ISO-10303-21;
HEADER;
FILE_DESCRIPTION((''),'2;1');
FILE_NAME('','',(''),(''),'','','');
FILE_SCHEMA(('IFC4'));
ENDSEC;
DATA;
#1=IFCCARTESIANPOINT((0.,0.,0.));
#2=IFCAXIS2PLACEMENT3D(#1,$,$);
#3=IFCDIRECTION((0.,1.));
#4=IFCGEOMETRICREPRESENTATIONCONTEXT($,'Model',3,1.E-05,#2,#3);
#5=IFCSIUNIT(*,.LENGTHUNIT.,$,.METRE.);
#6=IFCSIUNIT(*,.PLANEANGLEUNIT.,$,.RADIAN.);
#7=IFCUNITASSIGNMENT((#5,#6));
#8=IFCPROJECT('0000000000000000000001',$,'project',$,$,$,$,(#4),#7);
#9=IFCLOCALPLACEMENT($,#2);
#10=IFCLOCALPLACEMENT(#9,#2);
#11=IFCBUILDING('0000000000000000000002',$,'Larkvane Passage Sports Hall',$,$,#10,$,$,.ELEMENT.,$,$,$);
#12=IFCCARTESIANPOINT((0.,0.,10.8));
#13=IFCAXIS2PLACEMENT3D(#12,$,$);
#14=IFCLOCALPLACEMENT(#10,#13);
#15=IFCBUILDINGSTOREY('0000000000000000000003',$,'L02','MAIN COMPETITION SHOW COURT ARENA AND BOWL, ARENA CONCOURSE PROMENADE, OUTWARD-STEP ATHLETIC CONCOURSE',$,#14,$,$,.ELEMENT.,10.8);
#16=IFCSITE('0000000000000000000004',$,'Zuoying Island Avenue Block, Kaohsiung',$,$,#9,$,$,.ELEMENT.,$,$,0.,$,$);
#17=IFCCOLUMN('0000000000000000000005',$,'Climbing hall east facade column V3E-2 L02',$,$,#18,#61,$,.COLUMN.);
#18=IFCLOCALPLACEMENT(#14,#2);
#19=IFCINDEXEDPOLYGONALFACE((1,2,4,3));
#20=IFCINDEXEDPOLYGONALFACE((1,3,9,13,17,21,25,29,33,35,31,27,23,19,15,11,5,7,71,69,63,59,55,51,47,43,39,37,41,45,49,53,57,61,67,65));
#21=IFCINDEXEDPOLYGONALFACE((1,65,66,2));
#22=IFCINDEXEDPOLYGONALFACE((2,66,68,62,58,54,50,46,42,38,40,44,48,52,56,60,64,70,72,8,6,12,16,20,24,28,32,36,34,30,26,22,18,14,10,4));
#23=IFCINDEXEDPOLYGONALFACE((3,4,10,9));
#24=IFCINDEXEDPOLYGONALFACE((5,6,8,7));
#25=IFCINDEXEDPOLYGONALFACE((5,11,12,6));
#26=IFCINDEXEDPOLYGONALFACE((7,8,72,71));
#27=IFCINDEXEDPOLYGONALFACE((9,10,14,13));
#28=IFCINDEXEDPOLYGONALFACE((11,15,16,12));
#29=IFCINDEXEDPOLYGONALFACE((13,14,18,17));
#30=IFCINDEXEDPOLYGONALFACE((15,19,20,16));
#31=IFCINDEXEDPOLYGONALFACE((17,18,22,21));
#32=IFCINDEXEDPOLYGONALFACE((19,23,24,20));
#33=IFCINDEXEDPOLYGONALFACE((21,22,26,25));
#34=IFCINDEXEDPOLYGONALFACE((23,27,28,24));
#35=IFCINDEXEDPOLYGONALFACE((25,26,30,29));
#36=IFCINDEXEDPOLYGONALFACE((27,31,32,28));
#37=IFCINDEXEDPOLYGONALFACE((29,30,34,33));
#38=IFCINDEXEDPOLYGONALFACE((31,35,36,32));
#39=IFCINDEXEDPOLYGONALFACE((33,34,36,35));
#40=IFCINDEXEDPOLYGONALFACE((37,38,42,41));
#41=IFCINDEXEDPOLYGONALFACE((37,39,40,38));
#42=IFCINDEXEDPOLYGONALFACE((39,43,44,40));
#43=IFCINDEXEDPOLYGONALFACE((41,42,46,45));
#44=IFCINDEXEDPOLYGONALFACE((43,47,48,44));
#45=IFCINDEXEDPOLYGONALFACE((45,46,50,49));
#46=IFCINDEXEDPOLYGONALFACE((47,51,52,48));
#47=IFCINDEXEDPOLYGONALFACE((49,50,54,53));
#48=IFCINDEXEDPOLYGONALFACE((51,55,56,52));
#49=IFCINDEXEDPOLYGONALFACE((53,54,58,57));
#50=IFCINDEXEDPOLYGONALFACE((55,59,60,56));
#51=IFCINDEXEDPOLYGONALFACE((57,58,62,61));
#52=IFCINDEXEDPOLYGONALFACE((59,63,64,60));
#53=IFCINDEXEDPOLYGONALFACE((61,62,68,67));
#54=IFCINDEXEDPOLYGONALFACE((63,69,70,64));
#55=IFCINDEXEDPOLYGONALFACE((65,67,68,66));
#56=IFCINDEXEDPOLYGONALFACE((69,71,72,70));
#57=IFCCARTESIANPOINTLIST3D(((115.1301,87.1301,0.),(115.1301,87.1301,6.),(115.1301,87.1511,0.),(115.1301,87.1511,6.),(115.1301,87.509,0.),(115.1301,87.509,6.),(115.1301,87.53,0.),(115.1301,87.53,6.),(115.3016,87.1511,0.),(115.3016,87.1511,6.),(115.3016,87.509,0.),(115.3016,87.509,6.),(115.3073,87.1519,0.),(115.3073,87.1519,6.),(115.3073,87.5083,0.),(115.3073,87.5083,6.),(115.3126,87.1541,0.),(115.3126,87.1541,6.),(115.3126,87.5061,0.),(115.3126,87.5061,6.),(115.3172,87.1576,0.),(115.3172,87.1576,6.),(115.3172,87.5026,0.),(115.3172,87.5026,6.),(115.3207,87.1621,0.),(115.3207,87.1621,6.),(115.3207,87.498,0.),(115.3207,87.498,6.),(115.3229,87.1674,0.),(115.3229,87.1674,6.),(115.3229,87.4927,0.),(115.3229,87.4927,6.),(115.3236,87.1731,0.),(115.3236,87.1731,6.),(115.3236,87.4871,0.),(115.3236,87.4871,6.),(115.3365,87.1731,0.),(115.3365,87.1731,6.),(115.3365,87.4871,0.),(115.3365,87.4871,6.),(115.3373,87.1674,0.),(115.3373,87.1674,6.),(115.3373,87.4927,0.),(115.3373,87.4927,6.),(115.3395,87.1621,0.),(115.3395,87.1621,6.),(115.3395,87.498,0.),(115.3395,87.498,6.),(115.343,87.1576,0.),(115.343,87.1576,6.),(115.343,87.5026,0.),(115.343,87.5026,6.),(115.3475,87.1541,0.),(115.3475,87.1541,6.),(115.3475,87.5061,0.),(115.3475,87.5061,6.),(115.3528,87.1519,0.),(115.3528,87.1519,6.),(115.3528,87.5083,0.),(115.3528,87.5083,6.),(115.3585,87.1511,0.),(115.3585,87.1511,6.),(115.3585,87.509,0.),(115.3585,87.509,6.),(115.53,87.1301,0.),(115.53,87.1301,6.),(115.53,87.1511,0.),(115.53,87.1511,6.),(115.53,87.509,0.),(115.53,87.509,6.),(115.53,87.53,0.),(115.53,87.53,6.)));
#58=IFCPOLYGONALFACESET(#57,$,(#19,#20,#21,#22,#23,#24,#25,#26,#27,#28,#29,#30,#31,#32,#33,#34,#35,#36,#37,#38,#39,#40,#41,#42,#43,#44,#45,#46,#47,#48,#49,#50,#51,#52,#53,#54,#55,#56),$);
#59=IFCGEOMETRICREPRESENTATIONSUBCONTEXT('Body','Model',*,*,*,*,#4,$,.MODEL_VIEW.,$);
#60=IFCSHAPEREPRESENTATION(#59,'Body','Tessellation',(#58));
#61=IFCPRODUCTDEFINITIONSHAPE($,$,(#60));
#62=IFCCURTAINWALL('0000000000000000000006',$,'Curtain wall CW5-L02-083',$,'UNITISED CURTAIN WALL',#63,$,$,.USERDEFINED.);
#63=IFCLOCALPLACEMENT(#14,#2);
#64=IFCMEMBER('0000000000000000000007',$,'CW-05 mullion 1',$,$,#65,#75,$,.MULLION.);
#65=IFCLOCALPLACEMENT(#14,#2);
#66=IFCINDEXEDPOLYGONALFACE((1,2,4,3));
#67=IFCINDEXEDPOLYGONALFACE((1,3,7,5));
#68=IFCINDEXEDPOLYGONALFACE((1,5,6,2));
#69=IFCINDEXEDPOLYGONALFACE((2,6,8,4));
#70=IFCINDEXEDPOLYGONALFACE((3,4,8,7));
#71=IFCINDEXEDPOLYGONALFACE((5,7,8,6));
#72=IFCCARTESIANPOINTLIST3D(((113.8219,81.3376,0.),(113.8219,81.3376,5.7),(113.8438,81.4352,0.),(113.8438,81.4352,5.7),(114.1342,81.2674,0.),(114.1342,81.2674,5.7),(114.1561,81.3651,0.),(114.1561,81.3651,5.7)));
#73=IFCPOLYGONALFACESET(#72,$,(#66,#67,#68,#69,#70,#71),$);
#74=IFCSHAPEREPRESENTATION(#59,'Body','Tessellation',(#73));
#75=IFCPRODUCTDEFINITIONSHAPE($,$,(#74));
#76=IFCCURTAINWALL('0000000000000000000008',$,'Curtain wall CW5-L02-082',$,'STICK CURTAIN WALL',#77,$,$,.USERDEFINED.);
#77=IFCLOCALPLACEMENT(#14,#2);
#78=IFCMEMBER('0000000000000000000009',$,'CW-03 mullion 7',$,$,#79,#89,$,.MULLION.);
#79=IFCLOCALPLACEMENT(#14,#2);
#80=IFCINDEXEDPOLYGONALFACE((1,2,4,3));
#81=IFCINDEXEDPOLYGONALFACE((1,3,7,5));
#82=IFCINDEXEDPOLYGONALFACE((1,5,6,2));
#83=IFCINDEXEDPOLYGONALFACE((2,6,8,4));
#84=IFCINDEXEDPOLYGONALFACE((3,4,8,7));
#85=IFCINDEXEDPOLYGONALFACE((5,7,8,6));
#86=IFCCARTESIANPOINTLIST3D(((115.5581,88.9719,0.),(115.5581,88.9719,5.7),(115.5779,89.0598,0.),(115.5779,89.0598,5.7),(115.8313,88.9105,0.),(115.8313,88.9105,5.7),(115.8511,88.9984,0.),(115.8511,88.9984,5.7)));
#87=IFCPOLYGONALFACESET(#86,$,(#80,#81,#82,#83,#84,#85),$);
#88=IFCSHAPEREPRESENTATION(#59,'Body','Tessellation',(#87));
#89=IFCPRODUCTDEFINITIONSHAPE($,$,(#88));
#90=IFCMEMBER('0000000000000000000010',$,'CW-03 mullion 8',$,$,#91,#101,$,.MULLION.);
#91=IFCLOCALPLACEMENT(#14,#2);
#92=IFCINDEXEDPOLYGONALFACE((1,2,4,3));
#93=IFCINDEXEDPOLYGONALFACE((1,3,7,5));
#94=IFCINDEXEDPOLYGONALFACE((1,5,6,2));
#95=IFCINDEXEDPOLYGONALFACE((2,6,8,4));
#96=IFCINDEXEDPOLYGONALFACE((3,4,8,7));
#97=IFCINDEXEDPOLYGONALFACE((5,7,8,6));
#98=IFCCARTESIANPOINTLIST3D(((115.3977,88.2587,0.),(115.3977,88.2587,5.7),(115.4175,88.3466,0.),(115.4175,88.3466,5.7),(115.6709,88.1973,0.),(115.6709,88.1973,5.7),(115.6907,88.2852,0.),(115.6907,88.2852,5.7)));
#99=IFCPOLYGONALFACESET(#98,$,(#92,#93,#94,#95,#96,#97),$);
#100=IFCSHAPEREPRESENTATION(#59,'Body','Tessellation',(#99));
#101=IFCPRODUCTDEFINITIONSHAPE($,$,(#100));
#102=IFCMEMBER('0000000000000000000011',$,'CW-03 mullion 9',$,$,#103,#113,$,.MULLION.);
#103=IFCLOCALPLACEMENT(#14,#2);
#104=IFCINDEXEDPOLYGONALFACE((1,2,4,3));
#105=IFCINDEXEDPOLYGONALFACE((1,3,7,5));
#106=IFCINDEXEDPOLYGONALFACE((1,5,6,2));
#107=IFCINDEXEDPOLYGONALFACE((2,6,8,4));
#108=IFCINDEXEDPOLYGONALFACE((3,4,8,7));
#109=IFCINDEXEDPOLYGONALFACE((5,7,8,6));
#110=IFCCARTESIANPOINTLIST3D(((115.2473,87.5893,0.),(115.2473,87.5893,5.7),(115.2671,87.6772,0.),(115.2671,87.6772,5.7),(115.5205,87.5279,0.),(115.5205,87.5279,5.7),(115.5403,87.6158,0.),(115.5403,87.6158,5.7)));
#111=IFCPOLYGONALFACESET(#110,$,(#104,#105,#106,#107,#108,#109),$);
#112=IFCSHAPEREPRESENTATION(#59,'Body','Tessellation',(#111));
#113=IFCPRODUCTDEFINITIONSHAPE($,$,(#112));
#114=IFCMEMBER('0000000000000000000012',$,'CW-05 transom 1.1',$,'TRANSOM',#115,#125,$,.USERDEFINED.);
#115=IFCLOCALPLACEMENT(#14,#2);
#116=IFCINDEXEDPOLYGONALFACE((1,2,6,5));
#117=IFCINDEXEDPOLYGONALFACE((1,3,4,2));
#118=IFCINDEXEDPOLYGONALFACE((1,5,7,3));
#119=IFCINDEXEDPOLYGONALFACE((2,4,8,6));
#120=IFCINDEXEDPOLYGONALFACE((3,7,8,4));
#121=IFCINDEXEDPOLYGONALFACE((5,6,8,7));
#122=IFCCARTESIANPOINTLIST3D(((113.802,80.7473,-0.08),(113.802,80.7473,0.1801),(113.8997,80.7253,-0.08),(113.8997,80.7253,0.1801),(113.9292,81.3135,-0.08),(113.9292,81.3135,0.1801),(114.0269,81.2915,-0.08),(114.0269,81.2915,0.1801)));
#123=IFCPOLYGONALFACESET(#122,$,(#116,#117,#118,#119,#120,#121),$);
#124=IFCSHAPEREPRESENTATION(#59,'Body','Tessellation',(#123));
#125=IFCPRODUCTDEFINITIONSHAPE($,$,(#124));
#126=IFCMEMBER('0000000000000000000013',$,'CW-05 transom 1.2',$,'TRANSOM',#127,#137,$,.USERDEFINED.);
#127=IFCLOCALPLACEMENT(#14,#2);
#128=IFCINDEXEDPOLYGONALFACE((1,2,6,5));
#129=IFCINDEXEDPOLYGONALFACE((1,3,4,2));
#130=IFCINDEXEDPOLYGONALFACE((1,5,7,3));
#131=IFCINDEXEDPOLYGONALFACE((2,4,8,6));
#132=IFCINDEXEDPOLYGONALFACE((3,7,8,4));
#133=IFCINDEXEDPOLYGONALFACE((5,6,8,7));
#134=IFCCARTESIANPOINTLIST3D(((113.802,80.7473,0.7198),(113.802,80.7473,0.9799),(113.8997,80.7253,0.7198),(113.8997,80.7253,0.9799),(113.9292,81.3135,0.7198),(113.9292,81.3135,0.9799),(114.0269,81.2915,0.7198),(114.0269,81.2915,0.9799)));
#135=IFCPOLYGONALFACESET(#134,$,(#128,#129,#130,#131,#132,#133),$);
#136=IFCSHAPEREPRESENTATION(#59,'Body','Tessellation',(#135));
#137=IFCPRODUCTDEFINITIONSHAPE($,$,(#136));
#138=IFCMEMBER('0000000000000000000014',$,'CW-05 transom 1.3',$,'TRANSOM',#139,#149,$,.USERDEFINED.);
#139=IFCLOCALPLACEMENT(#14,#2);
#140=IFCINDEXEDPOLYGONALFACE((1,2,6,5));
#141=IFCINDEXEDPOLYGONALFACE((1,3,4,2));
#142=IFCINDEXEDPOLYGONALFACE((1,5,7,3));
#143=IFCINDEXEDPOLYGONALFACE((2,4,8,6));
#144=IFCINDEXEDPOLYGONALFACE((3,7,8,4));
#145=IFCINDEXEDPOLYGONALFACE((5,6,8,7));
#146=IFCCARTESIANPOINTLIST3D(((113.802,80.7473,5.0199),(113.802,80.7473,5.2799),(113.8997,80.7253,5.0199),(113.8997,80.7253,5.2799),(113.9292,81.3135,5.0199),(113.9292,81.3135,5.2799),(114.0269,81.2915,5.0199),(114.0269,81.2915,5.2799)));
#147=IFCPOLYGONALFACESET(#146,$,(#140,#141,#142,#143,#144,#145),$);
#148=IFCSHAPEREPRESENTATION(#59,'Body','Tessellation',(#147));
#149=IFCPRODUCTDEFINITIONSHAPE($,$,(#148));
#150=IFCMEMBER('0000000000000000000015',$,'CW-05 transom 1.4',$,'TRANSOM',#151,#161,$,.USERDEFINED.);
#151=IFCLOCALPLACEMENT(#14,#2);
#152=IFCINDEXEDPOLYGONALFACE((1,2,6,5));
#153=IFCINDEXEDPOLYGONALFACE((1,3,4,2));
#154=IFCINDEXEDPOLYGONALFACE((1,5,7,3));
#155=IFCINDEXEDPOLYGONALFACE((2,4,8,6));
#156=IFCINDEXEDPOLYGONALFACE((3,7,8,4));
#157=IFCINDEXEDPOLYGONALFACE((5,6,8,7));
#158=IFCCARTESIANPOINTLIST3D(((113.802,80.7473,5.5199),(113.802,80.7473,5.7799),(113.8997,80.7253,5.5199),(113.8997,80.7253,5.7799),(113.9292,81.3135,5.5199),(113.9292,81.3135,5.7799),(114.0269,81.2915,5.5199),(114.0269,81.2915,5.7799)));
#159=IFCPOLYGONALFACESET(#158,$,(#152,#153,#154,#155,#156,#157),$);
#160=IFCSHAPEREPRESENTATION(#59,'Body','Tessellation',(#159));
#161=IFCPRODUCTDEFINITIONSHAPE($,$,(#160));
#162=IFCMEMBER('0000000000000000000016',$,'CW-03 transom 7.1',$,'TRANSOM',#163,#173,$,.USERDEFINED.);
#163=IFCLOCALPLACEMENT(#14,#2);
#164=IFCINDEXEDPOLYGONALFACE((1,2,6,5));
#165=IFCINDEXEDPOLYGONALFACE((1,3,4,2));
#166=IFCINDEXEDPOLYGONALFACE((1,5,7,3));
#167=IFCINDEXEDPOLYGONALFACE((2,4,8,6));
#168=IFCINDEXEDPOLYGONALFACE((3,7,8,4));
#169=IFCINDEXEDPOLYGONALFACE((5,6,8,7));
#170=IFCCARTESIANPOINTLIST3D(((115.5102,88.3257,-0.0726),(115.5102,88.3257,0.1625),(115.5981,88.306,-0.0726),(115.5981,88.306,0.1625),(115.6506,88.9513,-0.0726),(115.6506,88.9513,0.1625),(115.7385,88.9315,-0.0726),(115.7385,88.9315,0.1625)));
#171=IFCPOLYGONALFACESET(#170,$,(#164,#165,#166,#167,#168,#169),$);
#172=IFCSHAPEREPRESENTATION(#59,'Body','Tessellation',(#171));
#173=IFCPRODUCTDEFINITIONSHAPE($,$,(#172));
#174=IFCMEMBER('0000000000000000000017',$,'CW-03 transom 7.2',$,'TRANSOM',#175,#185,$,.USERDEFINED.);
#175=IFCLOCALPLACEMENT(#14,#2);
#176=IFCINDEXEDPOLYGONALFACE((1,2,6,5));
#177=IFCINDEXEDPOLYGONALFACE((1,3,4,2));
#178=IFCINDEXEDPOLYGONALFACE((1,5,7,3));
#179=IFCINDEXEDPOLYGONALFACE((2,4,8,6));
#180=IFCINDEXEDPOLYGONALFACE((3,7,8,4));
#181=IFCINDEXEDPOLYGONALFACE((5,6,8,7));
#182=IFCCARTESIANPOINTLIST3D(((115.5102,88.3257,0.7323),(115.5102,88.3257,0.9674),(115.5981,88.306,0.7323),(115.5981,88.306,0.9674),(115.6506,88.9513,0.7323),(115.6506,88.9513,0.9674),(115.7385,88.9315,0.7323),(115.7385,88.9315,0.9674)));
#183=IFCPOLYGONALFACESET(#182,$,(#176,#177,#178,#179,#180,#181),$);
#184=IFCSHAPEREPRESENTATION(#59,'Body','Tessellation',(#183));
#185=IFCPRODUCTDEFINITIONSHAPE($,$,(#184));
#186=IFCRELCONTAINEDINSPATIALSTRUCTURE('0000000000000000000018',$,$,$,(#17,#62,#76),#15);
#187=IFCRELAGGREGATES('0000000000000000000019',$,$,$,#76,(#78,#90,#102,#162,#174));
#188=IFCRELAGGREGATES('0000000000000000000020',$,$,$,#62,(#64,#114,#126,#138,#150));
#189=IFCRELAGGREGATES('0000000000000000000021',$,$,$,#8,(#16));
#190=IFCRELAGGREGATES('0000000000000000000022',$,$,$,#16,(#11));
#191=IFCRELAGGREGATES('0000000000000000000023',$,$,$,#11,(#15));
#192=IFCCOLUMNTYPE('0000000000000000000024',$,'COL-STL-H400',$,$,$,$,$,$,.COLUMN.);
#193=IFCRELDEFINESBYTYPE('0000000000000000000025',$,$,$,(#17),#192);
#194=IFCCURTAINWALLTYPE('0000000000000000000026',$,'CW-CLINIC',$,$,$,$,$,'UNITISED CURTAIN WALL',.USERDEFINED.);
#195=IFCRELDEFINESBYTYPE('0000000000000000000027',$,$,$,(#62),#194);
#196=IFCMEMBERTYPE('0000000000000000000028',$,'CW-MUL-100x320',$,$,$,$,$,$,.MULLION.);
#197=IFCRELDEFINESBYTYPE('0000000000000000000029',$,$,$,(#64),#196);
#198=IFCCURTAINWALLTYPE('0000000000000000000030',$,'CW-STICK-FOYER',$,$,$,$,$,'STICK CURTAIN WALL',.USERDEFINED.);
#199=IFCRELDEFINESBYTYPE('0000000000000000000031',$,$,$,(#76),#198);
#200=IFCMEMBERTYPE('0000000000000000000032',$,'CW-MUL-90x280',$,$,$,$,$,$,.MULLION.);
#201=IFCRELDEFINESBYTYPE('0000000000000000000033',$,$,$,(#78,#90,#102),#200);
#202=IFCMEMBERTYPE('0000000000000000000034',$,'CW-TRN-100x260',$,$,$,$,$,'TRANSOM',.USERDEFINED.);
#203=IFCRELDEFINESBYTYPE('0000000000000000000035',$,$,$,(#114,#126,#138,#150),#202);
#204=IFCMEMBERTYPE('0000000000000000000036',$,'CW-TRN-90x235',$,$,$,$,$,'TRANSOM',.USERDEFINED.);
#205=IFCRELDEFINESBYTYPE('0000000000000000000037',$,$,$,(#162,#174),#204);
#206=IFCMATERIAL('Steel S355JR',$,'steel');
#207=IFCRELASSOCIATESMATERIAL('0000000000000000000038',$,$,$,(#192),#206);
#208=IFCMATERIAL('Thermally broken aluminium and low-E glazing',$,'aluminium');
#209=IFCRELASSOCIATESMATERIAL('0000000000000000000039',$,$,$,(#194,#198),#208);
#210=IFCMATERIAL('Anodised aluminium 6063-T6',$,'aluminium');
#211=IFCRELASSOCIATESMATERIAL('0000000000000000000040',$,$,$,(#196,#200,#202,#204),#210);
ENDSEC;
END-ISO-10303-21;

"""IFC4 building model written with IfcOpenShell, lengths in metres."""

from ifc_helpers import new_model, si_unit, direction, frame, origin, origin_2d, place, context, subcontext, project, spatial, rectangle, i_section, extrude, material, material_profile, profile_set, type_object, element, aggregate, save


model = new_model("IFC4")

# Units and contexts
model_context = context("Model", 3, precision=1e-05, world=origin(), true_north=direction((0.0, 1.0)))
body_context = subcontext(model_context, "Body", "Model", "MODEL_VIEW")
ifc_project = project(units=[si_unit("LENGTHUNIT", "METRE"), si_unit("PLANEANGLEUNIT", "RADIAN")], contexts=[model_context])

# Site, building, storey
site_placement = place(None, origin())
site = spatial("IfcSite", under=ifc_project, at=site_placement, Name="Zuoying Island Avenue Block, Kaohsiung", CompositionType="ELEMENT", RefElevation=0.0)
building_placement = place(site_placement, origin())
building = spatial("IfcBuilding", under=site, at=building_placement, Name="Larkvane Passage Sports Hall", CompositionType="ELEMENT")
storey_placement = place(building_placement, frame((0.0, 0.0, 10.8)))
storey = spatial("IfcBuildingStorey", under=building, at=storey_placement, Name="L02", Description="MAIN COMPETITION SHOW COURT ARENA AND BOWL, ARENA CONCOURSE PROMENADE, OUTWARD-STEP ATHLETIC CONCOURSE", CompositionType="ELEMENT", Elevation=10.8)

# Column
ifc_material_1 = material(Name="Steel S355JR", Category="steel")
ifc_material_profile_1 = material_profile(ifc_material_1, i_section(OverallWidth=0.3999, OverallDepth=0.3999, WebThickness=0.0129, FlangeThickness=0.021, FilletRadius=0.022, at=origin_2d()), Name="H-400x400x13x21")
ifc_profile_set_1 = profile_set([ifc_material_profile_1], Name="Steel S355JR")
column_type = type_object("IfcColumnType", Name="COL-STL-H400", PredefinedType="COLUMN", material=ifc_profile_set_1)
column_placement = place(storey_placement, frame((115.3301, 87.3301, 0.0), z_axis=(0.0, 0.0, 1.0), x_axis=(1.0, 0.0, 0.0)))
element("IfcColumn", 1, at=column_placement, inside=storey, type_object=column_type, Name="Climbing hall east facade column V3E-2 L02", PredefinedType="COLUMN", context=body_context, shape_type="SweptSolid", body=[
    extrude(i_section(OverallWidth=0.3999, OverallDepth=0.3999, WebThickness=0.0129, FlangeThickness=0.021, FilletRadius=0.022, at=origin_2d()), origin(), (0.0, 0.0, 1.0), 6.0),
])

# Curtain wall, member
ifc_material_2 = material(Name="Thermally broken aluminium and low-E glazing", Category="aluminium")
curtain_wall_type_1 = type_object("IfcCurtainWallType", Name="CW-CLINIC", ElementType="UNITISED CURTAIN WALL", PredefinedType="USERDEFINED", material=ifc_material_2)
curtain_wall_1_placement = place(storey_placement, origin())
curtain_wall_1 = element("IfcCurtainWall", 2, at=curtain_wall_1_placement, inside=storey, type_object=curtain_wall_type_1, Name="Curtain wall CW5-L02-083", ObjectType="UNITISED CURTAIN WALL", PredefinedType="USERDEFINED")
ifc_material_3 = material(Name="Anodised aluminium 6063-T6", Category="aluminium")
ifc_material_profile_2 = material_profile(ifc_material_3, rectangle(XDim=0.1001, YDim=0.3201, at=origin_2d()), Name="ALU-MUL-100x320")
ifc_profile_set_2 = profile_set([ifc_material_profile_2], Name="Anodised aluminium 6063-T6")
member_type_1 = type_object("IfcMemberType", Name="CW-MUL-100x320", PredefinedType="MULLION", material=ifc_profile_set_2)
member_1_placement = place(storey_placement, frame((113.989, 81.3513, 0.0), z_axis=(0.0, 0.0, 1.0), x_axis=(-0.219244, -0.97567, 0.0)))
member_1 = element("IfcMember", 3, at=member_1_placement, type_object=member_type_1, Name="CW-05 mullion 1", PredefinedType="MULLION", context=body_context, shape_type="SweptSolid", body=[
    extrude(rectangle(XDim=0.1001, YDim=0.3201, at=origin_2d()), origin(), (0.0, 0.0, 1.0), 5.7),
])

# Curtain wall, members
curtain_wall_type_2 = type_object("IfcCurtainWallType", Name="CW-STICK-FOYER", ElementType="STICK CURTAIN WALL", PredefinedType="USERDEFINED", material=ifc_material_2)
curtain_wall_2_placement = place(storey_placement, origin())
curtain_wall_2 = element("IfcCurtainWall", 4, at=curtain_wall_2_placement, inside=storey, type_object=curtain_wall_type_2, Name="Curtain wall CW5-L02-082", ObjectType="STICK CURTAIN WALL", PredefinedType="USERDEFINED")
ifc_material_profile_3 = material_profile(ifc_material_3, rectangle(XDim=0.0901, YDim=0.28, at=origin_2d()), Name="ALU-MUL-90x280")
ifc_profile_set_3 = profile_set([ifc_material_profile_3], Name="Anodised aluminium 6063-T6")
member_type_2 = type_object("IfcMemberType", Name="CW-MUL-90x280", PredefinedType="MULLION", material=ifc_profile_set_3)
member_2_placement = place(storey_placement, frame((115.7046, 88.9851, 0.0), z_axis=(0.0, 0.0, 1.0), x_axis=(-0.219244, -0.97567, 0.0)))
member_2 = element("IfcMember", 5, at=member_2_placement, type_object=member_type_2, Name="CW-03 mullion 7", PredefinedType="MULLION", context=body_context, shape_type="SweptSolid", body=[
    extrude(rectangle(XDim=0.0901, YDim=0.28, at=origin_2d()), origin(), (0.0, 0.0, 1.0), 5.7),
])
member_3_placement = place(storey_placement, frame((115.5442, 88.272, 0.0), z_axis=(0.0, 0.0, 1.0), x_axis=(-0.219244, -0.97567, 0.0)))
member_3 = element("IfcMember", 6, at=member_3_placement, type_object=member_type_2, Name="CW-03 mullion 8", PredefinedType="MULLION", context=body_context, shape_type="SweptSolid", body=[
    extrude(rectangle(XDim=0.0901, YDim=0.28, at=origin_2d()), origin(), (0.0, 0.0, 1.0), 5.7),
])
member_4_placement = place(storey_placement, frame((115.3938, 87.6025, 0.0), z_axis=(0.0, 0.0, 1.0), x_axis=(-0.219244, -0.97567, 0.0)))
member_4 = element("IfcMember", 7, at=member_4_placement, type_object=member_type_2, Name="CW-03 mullion 9", PredefinedType="MULLION", context=body_context, shape_type="SweptSolid", body=[
    extrude(rectangle(XDim=0.0901, YDim=0.28, at=origin_2d()), origin(), (0.0, 0.0, 1.0), 5.7),
])

# Members
ifc_material_profile_4 = material_profile(ifc_material_3, rectangle(XDim=0.1001, YDim=0.26, at=origin_2d()), Name="ALU-TRN-100x260")
ifc_profile_set_4 = profile_set([ifc_material_profile_4], Name="Anodised aluminium 6063-T6")
member_type_3 = type_object("IfcMemberType", Name="CW-TRN-100x260", ElementType="TRANSOM", PredefinedType="USERDEFINED", material=ifc_profile_set_4)
member_5_placement = place(storey_placement, frame((113.978, 81.3025, 0.05), z_axis=(-0.219202, -0.97568, 0.0), x_axis=(0.97568, -0.219202, 0.0)))
member_5 = element("IfcMember", 8, at=member_5_placement, type_object=member_type_3, Name="CW-05 transom 1.1", ObjectType="TRANSOM", PredefinedType="USERDEFINED", context=body_context, shape_type="SweptSolid", body=[
    extrude(rectangle(XDim=0.1001, YDim=0.26, at=origin_2d()), origin(), (0.0, 0.0, 1.0), 0.5803),
])
member_6_placement = place(storey_placement, frame((113.978, 81.3025, 0.8499), z_axis=(-0.219202, -0.97568, 0.0), x_axis=(0.97568, -0.219202, 0.0)))
member_6 = element("IfcMember", 9, at=member_6_placement, type_object=member_type_3, Name="CW-05 transom 1.2", ObjectType="TRANSOM", PredefinedType="USERDEFINED", context=body_context, shape_type="SweptSolid", body=[
    extrude(rectangle(XDim=0.1001, YDim=0.26, at=origin_2d()), origin(), (0.0, 0.0, 1.0), 0.5803),
])
member_7_placement = place(storey_placement, frame((113.978, 81.3025, 5.1499), z_axis=(-0.219202, -0.97568, 0.0), x_axis=(0.97568, -0.219202, 0.0)))
member_7 = element("IfcMember", 10, at=member_7_placement, type_object=member_type_3, Name="CW-05 transom 1.3", ObjectType="TRANSOM", PredefinedType="USERDEFINED", context=body_context, shape_type="SweptSolid", body=[
    extrude(rectangle(XDim=0.1001, YDim=0.26, at=origin_2d()), origin(), (0.0, 0.0, 1.0), 0.5803),
])
member_8_placement = place(storey_placement, frame((113.978, 81.3025, 5.6499), z_axis=(-0.219202, -0.97568, 0.0), x_axis=(0.97568, -0.219202, 0.0)))
member_8 = element("IfcMember", 11, at=member_8_placement, type_object=member_type_3, Name="CW-05 transom 1.4", ObjectType="TRANSOM", PredefinedType="USERDEFINED", context=body_context, shape_type="SweptSolid", body=[
    extrude(rectangle(XDim=0.1001, YDim=0.26, at=origin_2d()), origin(), (0.0, 0.0, 1.0), 0.5803),
])
ifc_material_profile_5 = material_profile(ifc_material_3, rectangle(XDim=0.0901, YDim=0.2351, at=origin_2d()), Name="ALU-TRN-90x235")
ifc_profile_set_5 = profile_set([ifc_material_profile_5], Name="Anodised aluminium 6063-T6")
member_type_4 = type_object("IfcMemberType", Name="CW-TRN-90x235", ElementType="TRANSOM", PredefinedType="USERDEFINED", material=ifc_profile_set_5)
member_9_placement = place(storey_placement, frame((115.6946, 88.9414, 0.0449), z_axis=(-0.218987, -0.975728, 0.0), x_axis=(0.975728, -0.218987, 0.0)))
member_9 = element("IfcMember", 12, at=member_9_placement, type_object=member_type_4, Name="CW-03 transom 7.1", ObjectType="TRANSOM", PredefinedType="USERDEFINED", context=body_context, shape_type="SweptSolid", body=[
    extrude(rectangle(XDim=0.0901, YDim=0.2351, at=origin_2d()), origin(), (0.0, 0.0, 1.0), 0.6411),
])
member_10_placement = place(storey_placement, frame((115.6946, 88.9414, 0.8499), z_axis=(-0.218987, -0.975728, 0.0), x_axis=(0.975728, -0.218987, 0.0)))
member_10 = element("IfcMember", 13, at=member_10_placement, type_object=member_type_4, Name="CW-03 transom 7.2", ObjectType="TRANSOM", PredefinedType="USERDEFINED", context=body_context, shape_type="SweptSolid", body=[
    extrude(rectangle(XDim=0.0901, YDim=0.2351, at=origin_2d()), origin(), (0.0, 0.0, 1.0), 0.6411),
])

aggregate(curtain_wall_2, [member_2, member_3, member_4, member_9, member_10])
aggregate(curtain_wall_1, [member_1, member_5, member_6, member_7, member_8])

save(model, "model.ifc")
